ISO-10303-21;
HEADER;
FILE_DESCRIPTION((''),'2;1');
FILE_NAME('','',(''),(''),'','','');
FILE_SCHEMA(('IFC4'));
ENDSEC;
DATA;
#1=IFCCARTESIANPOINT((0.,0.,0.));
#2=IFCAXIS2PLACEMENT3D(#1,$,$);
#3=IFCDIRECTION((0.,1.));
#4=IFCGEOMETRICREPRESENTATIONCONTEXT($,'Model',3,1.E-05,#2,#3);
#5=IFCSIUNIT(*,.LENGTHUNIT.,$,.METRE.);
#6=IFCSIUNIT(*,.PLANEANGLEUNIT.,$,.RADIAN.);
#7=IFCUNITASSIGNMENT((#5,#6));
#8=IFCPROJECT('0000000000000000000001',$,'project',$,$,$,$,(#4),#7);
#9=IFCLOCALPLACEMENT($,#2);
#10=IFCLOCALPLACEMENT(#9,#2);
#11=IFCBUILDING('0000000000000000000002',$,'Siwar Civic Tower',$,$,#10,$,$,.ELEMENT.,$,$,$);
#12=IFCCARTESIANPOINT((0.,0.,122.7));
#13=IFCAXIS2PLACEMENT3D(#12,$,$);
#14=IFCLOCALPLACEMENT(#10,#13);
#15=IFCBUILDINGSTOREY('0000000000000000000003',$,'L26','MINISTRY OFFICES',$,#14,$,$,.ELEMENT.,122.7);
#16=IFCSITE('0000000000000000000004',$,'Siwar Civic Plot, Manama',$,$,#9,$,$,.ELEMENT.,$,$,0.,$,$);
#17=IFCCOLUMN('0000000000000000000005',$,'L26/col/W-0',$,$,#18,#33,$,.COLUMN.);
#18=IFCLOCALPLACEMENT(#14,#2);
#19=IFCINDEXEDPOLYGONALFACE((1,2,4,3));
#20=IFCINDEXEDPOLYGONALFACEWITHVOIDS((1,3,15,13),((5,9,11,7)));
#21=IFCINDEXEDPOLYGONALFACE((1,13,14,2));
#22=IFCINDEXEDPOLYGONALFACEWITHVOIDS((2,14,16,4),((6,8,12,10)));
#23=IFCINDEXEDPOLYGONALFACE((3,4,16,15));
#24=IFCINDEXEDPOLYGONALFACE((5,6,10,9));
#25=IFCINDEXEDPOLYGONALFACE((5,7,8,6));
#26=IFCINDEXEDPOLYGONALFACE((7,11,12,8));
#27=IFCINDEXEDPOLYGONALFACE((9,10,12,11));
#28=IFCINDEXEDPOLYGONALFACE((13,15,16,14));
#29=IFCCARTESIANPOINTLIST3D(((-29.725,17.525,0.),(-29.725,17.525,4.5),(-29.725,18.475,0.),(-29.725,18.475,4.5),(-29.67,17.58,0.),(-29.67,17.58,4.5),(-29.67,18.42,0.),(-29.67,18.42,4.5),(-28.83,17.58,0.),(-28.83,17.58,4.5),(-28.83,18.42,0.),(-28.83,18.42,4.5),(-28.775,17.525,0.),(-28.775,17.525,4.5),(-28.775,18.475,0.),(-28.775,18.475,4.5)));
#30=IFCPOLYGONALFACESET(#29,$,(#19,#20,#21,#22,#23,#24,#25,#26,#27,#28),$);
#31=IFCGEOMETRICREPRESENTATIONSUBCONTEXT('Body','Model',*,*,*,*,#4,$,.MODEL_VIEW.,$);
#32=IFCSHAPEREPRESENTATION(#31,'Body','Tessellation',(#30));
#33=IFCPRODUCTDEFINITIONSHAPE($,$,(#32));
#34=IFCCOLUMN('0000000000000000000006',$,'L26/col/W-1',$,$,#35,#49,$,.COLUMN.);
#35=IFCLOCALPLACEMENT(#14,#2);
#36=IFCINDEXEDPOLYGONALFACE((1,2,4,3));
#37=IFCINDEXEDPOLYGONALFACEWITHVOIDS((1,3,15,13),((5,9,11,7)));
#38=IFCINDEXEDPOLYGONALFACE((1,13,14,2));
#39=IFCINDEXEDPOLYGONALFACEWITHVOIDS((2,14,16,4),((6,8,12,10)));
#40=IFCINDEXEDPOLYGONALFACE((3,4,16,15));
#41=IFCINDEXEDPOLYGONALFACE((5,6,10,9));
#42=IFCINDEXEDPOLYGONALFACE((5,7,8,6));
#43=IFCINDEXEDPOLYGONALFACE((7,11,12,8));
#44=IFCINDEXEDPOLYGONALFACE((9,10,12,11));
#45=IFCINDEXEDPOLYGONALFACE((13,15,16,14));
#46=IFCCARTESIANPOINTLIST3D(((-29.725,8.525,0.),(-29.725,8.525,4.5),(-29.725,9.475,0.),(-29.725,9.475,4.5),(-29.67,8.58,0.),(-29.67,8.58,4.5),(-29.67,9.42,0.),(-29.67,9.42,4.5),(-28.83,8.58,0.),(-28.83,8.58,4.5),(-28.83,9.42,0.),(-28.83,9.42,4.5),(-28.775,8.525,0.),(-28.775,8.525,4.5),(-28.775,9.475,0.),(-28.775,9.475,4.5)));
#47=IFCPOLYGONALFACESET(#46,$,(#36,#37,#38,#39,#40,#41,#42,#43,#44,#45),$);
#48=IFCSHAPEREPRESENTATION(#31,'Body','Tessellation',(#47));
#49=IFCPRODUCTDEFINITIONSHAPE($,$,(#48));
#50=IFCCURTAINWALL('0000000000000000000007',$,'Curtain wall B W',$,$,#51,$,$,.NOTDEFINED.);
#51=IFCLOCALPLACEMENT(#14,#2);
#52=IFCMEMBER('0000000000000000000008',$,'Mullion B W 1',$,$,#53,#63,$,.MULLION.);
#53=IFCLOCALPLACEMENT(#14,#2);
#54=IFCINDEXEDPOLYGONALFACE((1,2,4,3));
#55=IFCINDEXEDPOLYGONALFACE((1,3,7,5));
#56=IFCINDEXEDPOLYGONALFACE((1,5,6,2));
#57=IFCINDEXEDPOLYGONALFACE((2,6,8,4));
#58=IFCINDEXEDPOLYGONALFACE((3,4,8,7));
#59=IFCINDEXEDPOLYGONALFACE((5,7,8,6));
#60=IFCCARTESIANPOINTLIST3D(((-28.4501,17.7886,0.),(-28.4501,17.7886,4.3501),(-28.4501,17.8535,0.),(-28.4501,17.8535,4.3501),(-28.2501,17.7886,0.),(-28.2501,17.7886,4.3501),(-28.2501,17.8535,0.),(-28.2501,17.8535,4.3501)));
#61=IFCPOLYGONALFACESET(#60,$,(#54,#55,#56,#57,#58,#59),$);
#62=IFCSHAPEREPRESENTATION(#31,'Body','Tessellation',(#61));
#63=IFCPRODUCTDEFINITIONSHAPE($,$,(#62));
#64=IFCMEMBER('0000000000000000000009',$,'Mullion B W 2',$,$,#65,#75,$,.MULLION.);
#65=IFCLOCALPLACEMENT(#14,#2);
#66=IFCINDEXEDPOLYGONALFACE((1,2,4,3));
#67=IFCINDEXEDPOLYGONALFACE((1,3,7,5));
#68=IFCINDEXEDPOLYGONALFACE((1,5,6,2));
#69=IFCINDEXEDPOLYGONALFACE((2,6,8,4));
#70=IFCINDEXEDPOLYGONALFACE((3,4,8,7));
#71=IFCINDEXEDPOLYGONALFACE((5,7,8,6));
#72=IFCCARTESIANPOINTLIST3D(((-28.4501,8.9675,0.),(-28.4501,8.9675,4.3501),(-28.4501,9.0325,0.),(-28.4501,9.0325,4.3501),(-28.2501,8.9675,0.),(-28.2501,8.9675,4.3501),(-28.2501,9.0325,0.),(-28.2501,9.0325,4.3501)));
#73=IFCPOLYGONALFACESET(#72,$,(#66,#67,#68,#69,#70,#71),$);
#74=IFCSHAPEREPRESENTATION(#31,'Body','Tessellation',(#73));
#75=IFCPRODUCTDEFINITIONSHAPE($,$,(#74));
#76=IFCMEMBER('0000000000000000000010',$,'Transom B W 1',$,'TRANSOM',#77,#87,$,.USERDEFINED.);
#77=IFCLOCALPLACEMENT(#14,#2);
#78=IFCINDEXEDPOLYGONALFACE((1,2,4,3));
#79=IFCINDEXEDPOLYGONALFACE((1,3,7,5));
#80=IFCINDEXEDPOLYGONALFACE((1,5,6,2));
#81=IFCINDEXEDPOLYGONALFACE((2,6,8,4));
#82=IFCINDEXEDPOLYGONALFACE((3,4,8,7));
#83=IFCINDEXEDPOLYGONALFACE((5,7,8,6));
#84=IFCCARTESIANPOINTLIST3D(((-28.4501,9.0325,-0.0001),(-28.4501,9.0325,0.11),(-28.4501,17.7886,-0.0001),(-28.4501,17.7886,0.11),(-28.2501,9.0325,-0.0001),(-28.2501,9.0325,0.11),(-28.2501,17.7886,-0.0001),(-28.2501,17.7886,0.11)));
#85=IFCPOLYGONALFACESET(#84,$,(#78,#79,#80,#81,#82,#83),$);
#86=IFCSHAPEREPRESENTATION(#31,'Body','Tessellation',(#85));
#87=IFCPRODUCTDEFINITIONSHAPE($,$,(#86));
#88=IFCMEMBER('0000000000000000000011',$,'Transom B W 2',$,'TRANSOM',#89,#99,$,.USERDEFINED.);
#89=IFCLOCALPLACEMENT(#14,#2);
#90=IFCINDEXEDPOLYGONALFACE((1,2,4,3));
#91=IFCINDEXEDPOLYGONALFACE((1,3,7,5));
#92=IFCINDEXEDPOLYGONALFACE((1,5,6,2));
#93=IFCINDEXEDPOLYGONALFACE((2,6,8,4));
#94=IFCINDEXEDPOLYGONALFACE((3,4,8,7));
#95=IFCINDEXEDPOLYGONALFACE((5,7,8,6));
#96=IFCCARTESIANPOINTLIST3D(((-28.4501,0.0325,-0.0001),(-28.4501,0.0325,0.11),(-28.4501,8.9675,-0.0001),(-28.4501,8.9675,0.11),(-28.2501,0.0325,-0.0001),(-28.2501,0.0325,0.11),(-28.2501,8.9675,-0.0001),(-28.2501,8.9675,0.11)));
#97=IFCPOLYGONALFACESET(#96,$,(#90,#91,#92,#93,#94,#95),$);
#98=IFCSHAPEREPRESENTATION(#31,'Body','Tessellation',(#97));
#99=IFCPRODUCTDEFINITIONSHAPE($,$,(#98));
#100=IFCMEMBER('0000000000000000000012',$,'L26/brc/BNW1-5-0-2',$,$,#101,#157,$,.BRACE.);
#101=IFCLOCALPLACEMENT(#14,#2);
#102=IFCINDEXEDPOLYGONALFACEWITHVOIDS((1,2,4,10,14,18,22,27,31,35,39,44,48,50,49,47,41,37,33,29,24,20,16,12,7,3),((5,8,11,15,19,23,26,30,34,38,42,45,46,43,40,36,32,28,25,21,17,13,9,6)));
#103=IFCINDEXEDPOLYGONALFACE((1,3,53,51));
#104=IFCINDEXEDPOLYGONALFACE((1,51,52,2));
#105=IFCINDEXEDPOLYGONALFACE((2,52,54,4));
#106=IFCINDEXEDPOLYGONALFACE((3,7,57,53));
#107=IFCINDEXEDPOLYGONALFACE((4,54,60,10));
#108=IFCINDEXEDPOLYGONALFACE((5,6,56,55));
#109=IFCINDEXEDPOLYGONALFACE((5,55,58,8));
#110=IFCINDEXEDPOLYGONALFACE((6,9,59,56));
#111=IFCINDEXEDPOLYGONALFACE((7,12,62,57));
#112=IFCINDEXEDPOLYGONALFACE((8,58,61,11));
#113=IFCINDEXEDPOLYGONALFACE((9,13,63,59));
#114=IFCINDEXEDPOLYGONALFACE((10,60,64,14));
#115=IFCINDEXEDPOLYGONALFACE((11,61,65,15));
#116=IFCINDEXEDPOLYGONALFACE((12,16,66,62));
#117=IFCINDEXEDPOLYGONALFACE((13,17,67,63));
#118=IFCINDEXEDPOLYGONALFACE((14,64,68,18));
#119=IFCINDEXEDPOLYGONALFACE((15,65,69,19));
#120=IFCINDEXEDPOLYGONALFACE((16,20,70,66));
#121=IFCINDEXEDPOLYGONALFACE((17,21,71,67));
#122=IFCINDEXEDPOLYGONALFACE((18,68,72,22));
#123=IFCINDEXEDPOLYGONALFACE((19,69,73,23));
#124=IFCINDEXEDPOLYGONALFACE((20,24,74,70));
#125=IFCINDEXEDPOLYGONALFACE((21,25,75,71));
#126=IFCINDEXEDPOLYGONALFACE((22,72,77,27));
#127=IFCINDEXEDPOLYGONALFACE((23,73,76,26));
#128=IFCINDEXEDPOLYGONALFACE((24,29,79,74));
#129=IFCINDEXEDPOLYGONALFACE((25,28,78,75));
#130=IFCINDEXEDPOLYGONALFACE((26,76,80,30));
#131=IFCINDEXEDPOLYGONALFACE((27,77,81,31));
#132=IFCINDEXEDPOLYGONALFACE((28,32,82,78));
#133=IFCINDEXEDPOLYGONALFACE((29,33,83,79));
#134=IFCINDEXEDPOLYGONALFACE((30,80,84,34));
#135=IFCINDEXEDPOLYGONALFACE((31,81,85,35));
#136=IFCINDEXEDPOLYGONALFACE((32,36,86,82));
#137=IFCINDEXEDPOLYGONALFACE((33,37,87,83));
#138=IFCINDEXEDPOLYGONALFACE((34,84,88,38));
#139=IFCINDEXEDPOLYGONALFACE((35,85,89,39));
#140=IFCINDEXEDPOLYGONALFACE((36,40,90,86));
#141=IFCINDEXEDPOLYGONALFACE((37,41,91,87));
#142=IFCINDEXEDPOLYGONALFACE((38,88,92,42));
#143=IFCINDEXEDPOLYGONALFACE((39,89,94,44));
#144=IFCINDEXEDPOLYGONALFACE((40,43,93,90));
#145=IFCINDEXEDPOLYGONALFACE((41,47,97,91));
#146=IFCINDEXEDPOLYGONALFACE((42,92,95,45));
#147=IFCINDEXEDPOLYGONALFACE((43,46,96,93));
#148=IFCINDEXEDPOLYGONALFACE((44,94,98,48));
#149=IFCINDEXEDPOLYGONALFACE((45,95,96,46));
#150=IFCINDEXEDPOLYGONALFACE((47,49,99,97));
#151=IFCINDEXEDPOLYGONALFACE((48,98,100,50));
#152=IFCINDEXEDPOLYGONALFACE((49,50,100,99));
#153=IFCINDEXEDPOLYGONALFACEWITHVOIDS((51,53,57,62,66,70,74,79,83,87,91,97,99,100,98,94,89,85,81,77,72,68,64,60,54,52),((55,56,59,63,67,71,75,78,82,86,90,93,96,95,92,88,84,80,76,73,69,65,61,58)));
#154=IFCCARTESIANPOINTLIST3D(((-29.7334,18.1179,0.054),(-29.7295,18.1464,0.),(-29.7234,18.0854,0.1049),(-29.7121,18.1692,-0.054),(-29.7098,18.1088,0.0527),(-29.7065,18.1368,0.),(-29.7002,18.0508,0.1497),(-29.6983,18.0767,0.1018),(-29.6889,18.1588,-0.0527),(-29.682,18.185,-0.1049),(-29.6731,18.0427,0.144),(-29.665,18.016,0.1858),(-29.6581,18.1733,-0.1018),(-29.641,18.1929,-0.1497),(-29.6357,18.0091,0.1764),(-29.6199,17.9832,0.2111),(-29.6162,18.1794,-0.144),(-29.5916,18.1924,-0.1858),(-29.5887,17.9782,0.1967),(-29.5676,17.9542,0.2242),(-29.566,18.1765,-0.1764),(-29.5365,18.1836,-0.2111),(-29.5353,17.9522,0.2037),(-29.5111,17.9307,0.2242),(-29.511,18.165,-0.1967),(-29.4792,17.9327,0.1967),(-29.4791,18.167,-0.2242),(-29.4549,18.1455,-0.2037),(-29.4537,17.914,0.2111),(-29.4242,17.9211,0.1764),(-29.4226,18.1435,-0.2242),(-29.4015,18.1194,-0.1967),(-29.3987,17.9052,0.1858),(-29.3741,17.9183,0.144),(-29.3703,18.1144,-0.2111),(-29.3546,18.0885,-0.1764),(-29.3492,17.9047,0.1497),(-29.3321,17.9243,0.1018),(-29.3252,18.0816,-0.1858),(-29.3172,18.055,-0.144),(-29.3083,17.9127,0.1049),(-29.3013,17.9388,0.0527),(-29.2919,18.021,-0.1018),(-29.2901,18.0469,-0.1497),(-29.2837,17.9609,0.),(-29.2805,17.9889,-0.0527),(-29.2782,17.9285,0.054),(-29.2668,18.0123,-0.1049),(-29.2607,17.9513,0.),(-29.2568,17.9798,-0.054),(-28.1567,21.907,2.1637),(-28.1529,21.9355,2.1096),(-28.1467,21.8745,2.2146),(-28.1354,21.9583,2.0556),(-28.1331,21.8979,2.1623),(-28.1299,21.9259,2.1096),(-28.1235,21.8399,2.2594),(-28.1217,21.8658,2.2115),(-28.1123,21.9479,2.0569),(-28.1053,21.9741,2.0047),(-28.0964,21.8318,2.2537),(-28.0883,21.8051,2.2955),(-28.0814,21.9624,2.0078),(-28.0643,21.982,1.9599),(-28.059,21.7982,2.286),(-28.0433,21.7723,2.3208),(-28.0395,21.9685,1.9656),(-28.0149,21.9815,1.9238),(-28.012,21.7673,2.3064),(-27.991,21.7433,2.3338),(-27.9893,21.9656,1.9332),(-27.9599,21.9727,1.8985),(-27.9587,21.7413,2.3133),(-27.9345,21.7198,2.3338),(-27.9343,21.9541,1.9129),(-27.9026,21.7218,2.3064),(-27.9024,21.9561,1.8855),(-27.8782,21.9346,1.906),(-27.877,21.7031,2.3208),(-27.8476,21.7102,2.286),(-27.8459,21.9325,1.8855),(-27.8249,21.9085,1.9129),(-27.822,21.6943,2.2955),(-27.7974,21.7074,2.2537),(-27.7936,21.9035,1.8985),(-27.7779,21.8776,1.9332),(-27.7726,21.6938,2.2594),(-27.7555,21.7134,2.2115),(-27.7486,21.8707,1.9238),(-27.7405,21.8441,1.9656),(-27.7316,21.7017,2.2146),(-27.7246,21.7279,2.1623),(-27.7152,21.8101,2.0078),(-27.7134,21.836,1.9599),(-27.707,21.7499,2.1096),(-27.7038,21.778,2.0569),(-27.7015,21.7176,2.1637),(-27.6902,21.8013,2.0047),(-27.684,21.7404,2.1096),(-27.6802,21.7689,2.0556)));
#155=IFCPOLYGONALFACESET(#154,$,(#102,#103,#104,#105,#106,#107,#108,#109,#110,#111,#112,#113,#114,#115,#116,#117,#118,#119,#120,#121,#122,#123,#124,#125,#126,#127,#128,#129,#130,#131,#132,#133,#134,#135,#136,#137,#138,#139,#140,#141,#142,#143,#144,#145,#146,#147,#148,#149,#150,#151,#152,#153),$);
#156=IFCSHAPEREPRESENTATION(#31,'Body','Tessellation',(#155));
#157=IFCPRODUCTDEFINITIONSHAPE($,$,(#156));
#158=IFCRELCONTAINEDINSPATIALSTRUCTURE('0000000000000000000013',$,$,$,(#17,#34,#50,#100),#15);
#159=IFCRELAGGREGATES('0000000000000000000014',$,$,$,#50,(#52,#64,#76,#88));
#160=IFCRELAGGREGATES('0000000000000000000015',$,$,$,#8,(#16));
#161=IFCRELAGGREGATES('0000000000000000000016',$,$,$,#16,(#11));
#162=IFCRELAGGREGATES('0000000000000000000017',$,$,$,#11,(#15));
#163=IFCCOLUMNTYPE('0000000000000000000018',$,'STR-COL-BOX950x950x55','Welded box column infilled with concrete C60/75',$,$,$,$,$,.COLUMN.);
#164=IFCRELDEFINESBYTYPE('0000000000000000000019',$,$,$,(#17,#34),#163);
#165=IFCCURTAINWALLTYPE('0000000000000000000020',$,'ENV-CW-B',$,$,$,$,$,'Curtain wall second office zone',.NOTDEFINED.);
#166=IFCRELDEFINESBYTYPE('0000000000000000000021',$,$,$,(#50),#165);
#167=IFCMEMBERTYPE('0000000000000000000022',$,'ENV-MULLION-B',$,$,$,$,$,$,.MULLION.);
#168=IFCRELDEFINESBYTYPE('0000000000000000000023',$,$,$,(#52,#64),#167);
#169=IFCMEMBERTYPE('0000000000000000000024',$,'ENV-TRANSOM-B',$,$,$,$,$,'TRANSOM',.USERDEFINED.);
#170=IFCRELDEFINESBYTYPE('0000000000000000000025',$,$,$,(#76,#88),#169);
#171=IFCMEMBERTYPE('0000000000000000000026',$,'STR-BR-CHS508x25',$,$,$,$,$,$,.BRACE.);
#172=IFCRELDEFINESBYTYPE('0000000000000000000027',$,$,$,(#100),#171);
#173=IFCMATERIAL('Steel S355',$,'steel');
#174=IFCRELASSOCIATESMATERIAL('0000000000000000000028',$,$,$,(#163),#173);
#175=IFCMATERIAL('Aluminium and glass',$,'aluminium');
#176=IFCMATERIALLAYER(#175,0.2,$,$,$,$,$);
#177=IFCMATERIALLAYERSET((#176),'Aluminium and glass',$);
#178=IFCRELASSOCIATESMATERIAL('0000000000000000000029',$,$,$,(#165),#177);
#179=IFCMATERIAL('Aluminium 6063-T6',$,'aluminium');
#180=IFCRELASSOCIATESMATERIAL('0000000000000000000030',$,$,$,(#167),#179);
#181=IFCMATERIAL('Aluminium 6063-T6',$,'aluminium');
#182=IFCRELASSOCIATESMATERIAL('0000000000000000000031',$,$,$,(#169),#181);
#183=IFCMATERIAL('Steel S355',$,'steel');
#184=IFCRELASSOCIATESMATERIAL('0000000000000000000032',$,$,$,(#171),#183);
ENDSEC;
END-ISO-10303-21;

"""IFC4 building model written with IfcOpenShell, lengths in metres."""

from ifc_helpers import new_model, si_unit, direction, frame, origin, origin_2d, place, context, subcontext, project, spatial, rectangle, hollow_rectangle, hollow_circle, extrude, material, layer, layer_set, material_profile, profile_set, type_object, element, aggregate, save


model = new_model("IFC4")

# Units and contexts
model_context = context("Model", 3, precision=1e-05, world=origin(), true_north=direction((0.0, 1.0)))
body_context = subcontext(model_context, "Body", "Model", "MODEL_VIEW")
ifc_project = project(units=[si_unit("LENGTHUNIT", "METRE"), si_unit("PLANEANGLEUNIT", "RADIAN")], contexts=[model_context])

# Site, building, storey
site_placement = place(None, origin())
site = spatial("IfcSite", under=ifc_project, at=site_placement, Name="Siwar Civic Plot, Manama", CompositionType="ELEMENT", RefElevation=0.0)
building_placement = place(site_placement, origin())
building = spatial("IfcBuilding", under=site, at=building_placement, Name="Siwar Civic Tower", CompositionType="ELEMENT")
storey_placement = place(building_placement, frame((0.0, 0.0, 122.7)))
storey = spatial("IfcBuildingStorey", under=building, at=storey_placement, Name="L26", Description="MINISTRY OFFICES", CompositionType="ELEMENT", Elevation=122.7)

# Columns
ifc_material_1 = material(Name="Steel S355", Category="steel")
ifc_material_profile_1 = material_profile(ifc_material_1, hollow_rectangle(XDim=0.95, YDim=0.95, WallThickness=0.0549, at=origin_2d()), Name="BOX950x950x55")
ifc_profile_set_1 = profile_set([ifc_material_profile_1], Name="Steel S355")
column_type = type_object("IfcColumnType", Name="STR-COL-BOX950x950x55", Description="Welded box column infilled with concrete C60/75", PredefinedType="COLUMN", material=ifc_profile_set_1)
for number, where, z_axis, x_axis, name in (
    (1, (-29.25, 18.0, 0.0), (0.0, 0.0, 1.0), (1.0, 0.0, 0.0), "L26/col/W-0"),
    (2, (-29.25, 9.0, 0.0), (0.0, 0.0, 1.0), (1.0, 0.0, 0.0), "L26/col/W-1"),
):
    element("IfcColumn", number, at=place(storey_placement, frame(where, z_axis=z_axis, x_axis=x_axis)), inside=storey, type_object=column_type, Name=name, PredefinedType="COLUMN", context=body_context, shape_type="SweptSolid", body=[
        extrude(hollow_rectangle(XDim=0.95, YDim=0.95, WallThickness=0.0549, at=origin_2d()), origin(), (0.0, 0.0, 1.0), 4.5),
    ])

# Curtain wall, members
ifc_material_2 = material(Name="Aluminium and glass", Category="aluminium")
ifc_layer_1 = layer(ifc_material_2, 0.2)
ifc_layer_set_1 = layer_set([ifc_layer_1], Name="Aluminium and glass")
curtain_wall_type = type_object("IfcCurtainWallType", Name="ENV-CW-B", ElementType="Curtain wall second office zone", PredefinedType="NOTDEFINED", material=ifc_layer_set_1)
curtain_wall_placement = place(storey_placement, origin())
curtain_wall = element("IfcCurtainWall", 3, at=curtain_wall_placement, inside=storey, type_object=curtain_wall_type, Name="Curtain wall B W", PredefinedType="NOTDEFINED")
ifc_material_3 = material(Name="Aluminium 6063-T6", Category="aluminium")
ifc_material_profile_2 = material_profile(ifc_material_3, rectangle(XDim=0.2, YDim=0.0649, at=origin_2d()), Name="AL 200x65")
ifc_profile_set_2 = profile_set([ifc_material_profile_2], Name="Aluminium 6063-T6")
member_type_1 = type_object("IfcMemberType", Name="ENV-MULLION-B", PredefinedType="MULLION", material=ifc_profile_set_2)
member_1_placement = place(storey_placement, frame((-28.3501, 17.821, 0.0), z_axis=(0.0, 0.0, 1.0), x_axis=(1.0, 0.0, 0.0)))
member_1 = element("IfcMember", 4, at=member_1_placement, type_object=member_type_1, Name="Mullion B W 1", PredefinedType="MULLION", context=body_context, shape_type="SweptSolid", body=[
    extrude(rectangle(XDim=0.2, YDim=0.0649, at=origin_2d()), origin(), (0.0, 0.0, 1.0), 4.3501),
])
member_2_placement = place(storey_placement, frame((-28.3501, 9.0, 0.0), z_axis=(0.0, 0.0, 1.0), x_axis=(1.0, 0.0, 0.0)))
member_2 = element("IfcMember", 5, at=member_2_placement, type_object=member_type_1, Name="Mullion B W 2", PredefinedType="MULLION", context=body_context, shape_type="SweptSolid", body=[
    extrude(rectangle(XDim=0.2, YDim=0.0649, at=origin_2d()), origin(), (0.0, 0.0, 1.0), 4.3501),
])
ifc_material_4 = material(Name="Aluminium 6063-T6", Category="aluminium")
ifc_material_profile_3 = material_profile(ifc_material_4, rectangle(XDim=0.2, YDim=0.1101, at=origin_2d()), Name="AL 200x110")
ifc_profile_set_3 = profile_set([ifc_material_profile_3], Name="Aluminium 6063-T6")
member_type_2 = type_object("IfcMemberType", Name="ENV-TRANSOM-B", ElementType="TRANSOM", PredefinedType="USERDEFINED", material=ifc_profile_set_3)
member_3_placement = place(storey_placement, frame((-28.3501, 17.7886, 0.0549), z_axis=(0.0, -1.0, 0.0), x_axis=(1.0, 0.0, 0.0)))
member_3 = element("IfcMember", 6, at=member_3_placement, type_object=member_type_2, Name="Transom B W 1", ObjectType="TRANSOM", PredefinedType="USERDEFINED", context=body_context, shape_type="SweptSolid", body=[
    extrude(rectangle(XDim=0.2, YDim=0.1101, at=origin_2d()), origin(), (0.0, 0.0, 1.0), 8.7561),
])
member_4_placement = place(storey_placement, frame((-28.3501, 8.9675, 0.0549), z_axis=(0.0, -1.0, 0.0), x_axis=(1.0, 0.0, 0.0)))
member_4 = element("IfcMember", 7, at=member_4_placement, type_object=member_type_2, Name="Transom B W 2", ObjectType="TRANSOM", PredefinedType="USERDEFINED", context=body_context, shape_type="SweptSolid", body=[
    extrude(rectangle(XDim=0.2, YDim=0.1101, at=origin_2d()), origin(), (0.0, 0.0, 1.0), 8.9351),
])

# Member
ifc_material_5 = material(Name="Steel S355", Category="steel")
ifc_material_profile_4 = material_profile(ifc_material_5, hollow_circle(Radius=0.2539, WallThickness=0.0249, at=origin_2d()), Name="CHS508x25")
ifc_profile_set_4 = profile_set([ifc_material_profile_4], Name="Steel S355")
member_type_3 = type_object("IfcMemberType", Name="STR-BR-CHS508x25", PredefinedType="BRACE", material=ifc_profile_set_4)
member_5_placement = place(storey_placement, frame((-29.4951, 18.0488, 0.0), z_axis=(0.341677, 0.821126, 0.457175), x_axis=(-0.92326, 0.384176, 0.0)))
element("IfcMember", 8, at=member_5_placement, inside=storey, type_object=member_type_3, Name="L26/brc/BNW1-5-0-2", PredefinedType="BRACE", context=body_context, shape_type="SweptSolid", body=[
    extrude(hollow_circle(Radius=0.2539, WallThickness=0.0249, at=origin_2d()), origin(), (0.0, 0.0, 1.0), 4.6145),
])

aggregate(curtain_wall, [member_1, member_2, member_3, member_4])

save(model, "model.ifc")
